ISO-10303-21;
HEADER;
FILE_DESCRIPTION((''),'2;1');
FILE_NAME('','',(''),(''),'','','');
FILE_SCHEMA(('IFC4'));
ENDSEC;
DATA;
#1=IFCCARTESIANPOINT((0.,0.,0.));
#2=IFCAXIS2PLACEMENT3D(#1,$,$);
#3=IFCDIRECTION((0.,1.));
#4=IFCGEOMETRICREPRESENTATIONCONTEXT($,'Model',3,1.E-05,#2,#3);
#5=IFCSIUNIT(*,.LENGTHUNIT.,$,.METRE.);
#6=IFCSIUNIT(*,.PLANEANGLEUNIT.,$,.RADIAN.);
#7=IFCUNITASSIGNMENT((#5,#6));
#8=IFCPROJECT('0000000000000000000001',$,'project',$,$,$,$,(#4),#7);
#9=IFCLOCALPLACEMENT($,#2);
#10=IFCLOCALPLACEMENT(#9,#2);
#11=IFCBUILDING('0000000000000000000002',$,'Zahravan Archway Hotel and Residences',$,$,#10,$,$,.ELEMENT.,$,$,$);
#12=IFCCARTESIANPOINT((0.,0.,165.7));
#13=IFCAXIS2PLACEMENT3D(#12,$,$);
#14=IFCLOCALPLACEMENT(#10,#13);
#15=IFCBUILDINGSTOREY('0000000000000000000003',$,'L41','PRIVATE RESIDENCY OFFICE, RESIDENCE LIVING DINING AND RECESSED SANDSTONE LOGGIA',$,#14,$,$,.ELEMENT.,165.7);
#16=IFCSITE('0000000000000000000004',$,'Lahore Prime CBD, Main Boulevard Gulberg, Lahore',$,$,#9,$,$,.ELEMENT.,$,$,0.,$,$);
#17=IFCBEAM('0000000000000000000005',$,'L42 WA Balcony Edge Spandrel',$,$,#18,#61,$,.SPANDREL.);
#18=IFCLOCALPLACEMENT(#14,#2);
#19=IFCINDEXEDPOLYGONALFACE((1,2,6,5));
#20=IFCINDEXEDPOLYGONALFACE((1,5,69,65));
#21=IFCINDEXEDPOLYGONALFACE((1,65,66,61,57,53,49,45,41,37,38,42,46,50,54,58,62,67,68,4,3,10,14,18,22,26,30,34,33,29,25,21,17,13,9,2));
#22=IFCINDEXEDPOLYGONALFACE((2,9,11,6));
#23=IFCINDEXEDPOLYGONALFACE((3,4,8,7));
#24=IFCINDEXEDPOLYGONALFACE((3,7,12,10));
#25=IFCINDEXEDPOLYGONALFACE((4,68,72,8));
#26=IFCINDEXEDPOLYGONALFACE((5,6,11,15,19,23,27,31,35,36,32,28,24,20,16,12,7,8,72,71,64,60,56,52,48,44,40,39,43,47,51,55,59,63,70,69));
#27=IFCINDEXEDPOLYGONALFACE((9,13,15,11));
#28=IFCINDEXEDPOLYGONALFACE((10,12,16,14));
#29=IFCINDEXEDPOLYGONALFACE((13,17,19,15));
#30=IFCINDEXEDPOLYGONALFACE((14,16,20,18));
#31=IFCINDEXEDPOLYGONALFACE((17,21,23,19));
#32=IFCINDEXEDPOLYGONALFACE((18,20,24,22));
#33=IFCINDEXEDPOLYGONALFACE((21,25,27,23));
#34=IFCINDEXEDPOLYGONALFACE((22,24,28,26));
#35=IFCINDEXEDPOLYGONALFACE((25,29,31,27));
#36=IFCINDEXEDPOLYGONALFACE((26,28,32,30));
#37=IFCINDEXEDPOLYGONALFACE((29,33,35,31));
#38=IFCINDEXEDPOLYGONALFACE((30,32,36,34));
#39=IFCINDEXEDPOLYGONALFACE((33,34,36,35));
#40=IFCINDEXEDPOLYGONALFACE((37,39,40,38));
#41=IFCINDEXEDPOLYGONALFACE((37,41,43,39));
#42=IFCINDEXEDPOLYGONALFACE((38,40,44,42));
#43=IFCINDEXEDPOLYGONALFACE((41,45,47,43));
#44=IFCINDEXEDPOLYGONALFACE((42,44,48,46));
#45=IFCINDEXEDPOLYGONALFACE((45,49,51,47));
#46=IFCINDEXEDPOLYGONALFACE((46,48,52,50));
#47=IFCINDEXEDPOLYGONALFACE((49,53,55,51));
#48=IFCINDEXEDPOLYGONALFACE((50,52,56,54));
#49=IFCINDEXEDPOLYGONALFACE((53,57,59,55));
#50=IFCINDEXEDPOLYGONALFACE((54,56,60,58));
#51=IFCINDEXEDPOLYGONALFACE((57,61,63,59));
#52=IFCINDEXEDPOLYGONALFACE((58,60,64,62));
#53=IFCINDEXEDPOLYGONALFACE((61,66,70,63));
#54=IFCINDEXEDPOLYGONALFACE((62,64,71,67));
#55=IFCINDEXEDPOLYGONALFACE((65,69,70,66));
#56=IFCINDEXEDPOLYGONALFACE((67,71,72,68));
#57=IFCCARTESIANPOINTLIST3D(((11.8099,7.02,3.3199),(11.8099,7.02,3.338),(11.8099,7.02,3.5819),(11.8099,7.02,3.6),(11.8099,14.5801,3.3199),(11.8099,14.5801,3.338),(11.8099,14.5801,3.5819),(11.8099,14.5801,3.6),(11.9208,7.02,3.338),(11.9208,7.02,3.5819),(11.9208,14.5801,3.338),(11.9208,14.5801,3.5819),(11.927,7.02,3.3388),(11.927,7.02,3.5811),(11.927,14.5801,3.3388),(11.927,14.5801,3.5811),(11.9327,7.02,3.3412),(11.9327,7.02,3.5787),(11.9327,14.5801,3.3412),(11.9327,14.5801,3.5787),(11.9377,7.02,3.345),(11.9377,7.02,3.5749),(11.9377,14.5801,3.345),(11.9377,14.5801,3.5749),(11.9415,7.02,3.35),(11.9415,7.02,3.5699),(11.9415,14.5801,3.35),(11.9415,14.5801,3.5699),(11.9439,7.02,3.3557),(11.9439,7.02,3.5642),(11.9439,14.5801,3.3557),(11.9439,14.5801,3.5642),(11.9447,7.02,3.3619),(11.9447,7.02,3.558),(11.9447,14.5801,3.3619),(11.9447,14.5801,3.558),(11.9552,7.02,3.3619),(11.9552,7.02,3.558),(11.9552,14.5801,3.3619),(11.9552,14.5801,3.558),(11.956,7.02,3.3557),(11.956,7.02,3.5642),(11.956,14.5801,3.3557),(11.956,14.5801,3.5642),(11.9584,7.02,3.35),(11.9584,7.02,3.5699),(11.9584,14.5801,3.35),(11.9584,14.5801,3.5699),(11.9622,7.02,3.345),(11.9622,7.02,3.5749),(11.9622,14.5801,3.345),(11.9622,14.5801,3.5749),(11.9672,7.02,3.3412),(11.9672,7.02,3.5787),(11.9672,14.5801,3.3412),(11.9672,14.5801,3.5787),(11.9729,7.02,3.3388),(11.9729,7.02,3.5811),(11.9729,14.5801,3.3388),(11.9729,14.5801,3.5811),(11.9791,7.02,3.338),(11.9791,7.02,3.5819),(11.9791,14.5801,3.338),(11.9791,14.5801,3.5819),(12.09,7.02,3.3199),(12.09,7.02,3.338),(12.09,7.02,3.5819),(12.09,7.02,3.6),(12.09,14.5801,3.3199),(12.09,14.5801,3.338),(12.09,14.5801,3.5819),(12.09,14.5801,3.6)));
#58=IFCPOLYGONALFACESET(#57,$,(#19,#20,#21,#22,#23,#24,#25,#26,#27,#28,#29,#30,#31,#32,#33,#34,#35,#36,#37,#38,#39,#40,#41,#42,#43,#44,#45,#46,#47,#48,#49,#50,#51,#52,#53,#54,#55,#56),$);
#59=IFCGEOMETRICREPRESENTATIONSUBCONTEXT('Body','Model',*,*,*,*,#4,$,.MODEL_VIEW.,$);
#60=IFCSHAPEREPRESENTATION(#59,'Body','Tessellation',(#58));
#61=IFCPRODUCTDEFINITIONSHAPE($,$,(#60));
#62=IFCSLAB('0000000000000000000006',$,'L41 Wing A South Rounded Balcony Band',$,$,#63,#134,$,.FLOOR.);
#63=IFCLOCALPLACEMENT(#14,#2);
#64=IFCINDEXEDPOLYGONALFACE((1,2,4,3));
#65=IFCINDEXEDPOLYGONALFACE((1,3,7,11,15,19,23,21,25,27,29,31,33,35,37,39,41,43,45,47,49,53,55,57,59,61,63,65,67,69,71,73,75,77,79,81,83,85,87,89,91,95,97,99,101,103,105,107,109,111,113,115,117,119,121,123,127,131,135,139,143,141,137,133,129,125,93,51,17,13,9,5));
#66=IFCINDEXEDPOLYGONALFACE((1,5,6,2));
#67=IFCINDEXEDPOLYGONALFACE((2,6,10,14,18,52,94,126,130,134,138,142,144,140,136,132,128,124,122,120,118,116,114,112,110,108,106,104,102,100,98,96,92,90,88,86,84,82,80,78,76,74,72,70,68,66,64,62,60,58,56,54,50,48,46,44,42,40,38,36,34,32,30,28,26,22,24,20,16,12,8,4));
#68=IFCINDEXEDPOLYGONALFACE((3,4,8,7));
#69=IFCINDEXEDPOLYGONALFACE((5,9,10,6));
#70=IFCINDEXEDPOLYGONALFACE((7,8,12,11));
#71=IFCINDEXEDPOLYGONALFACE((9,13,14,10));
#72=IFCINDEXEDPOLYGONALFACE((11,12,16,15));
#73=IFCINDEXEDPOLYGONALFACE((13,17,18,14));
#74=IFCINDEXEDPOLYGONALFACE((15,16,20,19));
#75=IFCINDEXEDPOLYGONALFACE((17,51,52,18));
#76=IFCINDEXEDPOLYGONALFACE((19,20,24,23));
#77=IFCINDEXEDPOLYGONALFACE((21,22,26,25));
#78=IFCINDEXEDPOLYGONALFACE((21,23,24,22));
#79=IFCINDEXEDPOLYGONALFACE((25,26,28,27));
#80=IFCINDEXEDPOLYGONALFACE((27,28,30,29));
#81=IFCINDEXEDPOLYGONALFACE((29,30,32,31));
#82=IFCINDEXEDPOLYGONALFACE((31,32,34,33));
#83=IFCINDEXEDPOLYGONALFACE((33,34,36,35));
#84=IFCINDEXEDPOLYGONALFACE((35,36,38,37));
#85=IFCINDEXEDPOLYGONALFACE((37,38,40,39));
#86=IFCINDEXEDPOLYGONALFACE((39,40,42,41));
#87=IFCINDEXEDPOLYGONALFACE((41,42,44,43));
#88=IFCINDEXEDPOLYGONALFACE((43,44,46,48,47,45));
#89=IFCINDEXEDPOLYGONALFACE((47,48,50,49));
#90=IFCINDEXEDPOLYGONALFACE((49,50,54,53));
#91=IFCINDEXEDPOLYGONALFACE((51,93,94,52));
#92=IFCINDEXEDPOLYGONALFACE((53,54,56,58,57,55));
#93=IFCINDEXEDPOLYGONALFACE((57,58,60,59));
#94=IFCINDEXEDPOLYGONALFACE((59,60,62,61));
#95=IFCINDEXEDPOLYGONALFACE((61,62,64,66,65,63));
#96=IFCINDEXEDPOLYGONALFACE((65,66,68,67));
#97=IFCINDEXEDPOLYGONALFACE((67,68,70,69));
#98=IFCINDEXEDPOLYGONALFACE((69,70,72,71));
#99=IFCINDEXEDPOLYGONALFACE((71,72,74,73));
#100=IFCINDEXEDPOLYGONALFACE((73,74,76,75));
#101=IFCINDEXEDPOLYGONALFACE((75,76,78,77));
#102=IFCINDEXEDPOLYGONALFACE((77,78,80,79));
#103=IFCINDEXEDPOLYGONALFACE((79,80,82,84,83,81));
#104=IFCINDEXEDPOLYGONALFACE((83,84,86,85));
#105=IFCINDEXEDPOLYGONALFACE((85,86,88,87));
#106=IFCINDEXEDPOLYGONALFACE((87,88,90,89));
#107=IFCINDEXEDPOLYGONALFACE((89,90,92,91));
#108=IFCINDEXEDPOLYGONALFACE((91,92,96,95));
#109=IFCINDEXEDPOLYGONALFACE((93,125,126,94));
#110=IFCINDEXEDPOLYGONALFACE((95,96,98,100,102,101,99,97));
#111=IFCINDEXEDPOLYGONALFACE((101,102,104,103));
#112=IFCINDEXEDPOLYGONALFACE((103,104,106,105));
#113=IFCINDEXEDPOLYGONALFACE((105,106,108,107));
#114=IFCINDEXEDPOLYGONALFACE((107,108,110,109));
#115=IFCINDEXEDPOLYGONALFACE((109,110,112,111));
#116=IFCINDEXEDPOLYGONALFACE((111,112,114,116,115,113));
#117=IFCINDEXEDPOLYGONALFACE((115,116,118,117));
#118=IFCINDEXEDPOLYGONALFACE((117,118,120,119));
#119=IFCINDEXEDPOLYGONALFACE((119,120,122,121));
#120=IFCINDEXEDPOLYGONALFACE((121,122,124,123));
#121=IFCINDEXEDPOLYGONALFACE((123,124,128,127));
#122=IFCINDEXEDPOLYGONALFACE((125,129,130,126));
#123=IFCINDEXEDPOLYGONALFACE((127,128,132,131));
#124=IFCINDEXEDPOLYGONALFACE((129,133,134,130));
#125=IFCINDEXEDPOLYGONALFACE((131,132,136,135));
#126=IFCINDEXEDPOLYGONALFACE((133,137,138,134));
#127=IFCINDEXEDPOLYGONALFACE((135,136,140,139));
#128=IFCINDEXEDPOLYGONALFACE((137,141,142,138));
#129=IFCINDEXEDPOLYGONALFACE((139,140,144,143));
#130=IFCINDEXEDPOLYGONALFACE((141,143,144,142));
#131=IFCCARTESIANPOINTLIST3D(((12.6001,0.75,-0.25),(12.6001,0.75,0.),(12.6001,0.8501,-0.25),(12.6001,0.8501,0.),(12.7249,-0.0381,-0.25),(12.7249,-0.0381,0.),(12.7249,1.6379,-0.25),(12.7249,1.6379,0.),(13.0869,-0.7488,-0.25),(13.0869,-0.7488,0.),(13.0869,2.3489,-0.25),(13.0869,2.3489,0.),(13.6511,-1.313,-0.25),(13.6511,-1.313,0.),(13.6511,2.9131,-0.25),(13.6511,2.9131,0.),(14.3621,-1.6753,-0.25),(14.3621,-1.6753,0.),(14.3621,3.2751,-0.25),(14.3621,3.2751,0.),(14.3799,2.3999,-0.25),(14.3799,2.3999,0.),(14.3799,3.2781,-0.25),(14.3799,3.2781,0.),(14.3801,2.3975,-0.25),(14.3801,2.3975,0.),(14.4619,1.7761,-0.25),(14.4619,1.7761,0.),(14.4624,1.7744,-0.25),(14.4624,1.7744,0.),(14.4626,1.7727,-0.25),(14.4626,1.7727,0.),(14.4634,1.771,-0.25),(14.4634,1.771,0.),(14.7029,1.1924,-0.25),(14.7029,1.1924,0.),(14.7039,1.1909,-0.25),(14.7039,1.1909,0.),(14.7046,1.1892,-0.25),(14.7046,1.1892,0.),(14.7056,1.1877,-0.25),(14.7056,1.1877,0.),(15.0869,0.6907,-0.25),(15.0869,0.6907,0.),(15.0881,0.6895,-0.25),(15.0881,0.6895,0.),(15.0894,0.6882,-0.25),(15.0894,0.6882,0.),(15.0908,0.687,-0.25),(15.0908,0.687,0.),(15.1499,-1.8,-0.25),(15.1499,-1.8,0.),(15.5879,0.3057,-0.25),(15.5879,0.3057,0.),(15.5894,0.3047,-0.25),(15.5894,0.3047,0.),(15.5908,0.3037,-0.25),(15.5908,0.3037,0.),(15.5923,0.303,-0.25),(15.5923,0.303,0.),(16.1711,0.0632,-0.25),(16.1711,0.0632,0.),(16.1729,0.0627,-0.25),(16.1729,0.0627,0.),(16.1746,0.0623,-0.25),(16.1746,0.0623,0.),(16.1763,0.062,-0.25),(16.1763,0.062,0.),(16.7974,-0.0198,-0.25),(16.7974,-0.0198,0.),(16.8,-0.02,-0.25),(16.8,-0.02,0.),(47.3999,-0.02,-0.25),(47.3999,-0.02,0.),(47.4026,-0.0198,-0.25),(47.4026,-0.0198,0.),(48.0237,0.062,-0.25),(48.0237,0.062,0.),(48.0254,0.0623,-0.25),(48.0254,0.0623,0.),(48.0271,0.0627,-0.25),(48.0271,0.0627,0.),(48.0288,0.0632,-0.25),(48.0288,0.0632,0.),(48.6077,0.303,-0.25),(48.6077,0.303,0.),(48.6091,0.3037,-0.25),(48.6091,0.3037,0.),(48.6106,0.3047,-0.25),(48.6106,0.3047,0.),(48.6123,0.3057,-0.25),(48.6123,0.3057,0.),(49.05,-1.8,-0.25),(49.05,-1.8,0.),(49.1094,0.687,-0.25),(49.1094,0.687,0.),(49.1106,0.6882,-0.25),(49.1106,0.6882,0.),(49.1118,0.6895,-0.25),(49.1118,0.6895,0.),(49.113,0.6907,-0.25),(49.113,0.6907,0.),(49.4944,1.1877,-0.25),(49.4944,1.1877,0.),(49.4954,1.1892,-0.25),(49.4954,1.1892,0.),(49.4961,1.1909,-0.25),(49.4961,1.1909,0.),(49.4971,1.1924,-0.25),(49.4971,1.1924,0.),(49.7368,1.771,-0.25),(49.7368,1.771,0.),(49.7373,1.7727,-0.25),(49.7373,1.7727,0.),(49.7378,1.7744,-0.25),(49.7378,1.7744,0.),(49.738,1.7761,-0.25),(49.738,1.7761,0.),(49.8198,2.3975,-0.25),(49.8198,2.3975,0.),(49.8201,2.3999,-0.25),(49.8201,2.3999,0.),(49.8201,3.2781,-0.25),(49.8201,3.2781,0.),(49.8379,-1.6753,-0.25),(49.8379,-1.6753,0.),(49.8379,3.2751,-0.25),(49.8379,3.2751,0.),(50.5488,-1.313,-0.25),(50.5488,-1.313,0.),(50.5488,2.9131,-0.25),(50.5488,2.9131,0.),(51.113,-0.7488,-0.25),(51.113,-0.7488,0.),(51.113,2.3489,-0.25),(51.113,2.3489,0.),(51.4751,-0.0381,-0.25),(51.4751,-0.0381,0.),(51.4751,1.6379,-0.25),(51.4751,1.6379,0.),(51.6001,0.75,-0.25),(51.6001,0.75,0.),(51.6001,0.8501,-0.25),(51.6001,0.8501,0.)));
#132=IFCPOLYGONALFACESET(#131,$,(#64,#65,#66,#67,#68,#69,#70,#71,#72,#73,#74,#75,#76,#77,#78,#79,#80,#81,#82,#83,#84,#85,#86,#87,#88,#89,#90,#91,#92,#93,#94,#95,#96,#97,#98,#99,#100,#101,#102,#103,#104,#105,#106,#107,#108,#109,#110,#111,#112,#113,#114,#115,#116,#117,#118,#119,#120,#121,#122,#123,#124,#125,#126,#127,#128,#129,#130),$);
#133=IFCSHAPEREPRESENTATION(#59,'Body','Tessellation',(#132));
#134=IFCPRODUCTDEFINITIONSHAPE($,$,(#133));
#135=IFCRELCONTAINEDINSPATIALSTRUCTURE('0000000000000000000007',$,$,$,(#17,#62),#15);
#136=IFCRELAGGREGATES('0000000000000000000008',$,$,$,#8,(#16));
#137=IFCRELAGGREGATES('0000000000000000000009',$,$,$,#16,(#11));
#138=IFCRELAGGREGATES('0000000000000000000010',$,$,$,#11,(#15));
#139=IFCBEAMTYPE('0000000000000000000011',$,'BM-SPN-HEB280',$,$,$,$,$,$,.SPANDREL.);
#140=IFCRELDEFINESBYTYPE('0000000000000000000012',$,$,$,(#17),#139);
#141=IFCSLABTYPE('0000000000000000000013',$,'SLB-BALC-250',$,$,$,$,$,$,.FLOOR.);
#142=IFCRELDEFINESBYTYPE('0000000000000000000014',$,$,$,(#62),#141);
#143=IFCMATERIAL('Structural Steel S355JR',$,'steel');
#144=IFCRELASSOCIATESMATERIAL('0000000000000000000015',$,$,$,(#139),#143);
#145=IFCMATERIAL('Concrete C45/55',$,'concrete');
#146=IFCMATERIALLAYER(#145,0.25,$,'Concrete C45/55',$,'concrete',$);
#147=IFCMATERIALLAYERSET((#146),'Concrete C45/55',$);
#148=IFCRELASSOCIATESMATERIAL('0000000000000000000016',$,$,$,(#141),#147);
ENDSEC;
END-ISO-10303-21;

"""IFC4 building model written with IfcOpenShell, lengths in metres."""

from ifc_helpers import new_model, si_unit, direction, frame, origin, origin_2d, place, context, subcontext, project, spatial, polyline, i_section, outline, extrude, source, transform, mapped, material, layer, layer_set, material_profile, profile_set, type_object, type_shapes, element, save


model = new_model("IFC4")

# Units and contexts
model_context = context("Model", 3, precision=1e-05, world=origin(), true_north=direction((0.0, 1.0)))
body_context = subcontext(model_context, "Body", "Model", "MODEL_VIEW")
ifc_project = project(units=[si_unit("LENGTHUNIT", "METRE"), si_unit("PLANEANGLEUNIT", "RADIAN")], contexts=[model_context])

# Site, building, storey
site_placement = place(None, origin())
site = spatial("IfcSite", under=ifc_project, at=site_placement, Name="Lahore Prime CBD, Main Boulevard Gulberg, Lahore", CompositionType="ELEMENT", RefElevation=0.0)
building_placement = place(site_placement, origin())
building = spatial("IfcBuilding", under=site, at=building_placement, Name="Zahravan Archway Hotel and Residences", CompositionType="ELEMENT")
storey_placement = place(building_placement, frame((0.0, 0.0, 165.7)))
storey = spatial("IfcBuildingStorey", under=building, at=storey_placement, Name="L41", Description="PRIVATE RESIDENCY OFFICE, RESIDENCE LIVING DINING AND RECESSED SANDSTONE LOGGIA", CompositionType="ELEMENT", Elevation=165.7)

# Beam
ifc_material_1 = material(Name="Structural Steel S355JR", Category="steel")
ifc_material_profile = material_profile(ifc_material_1, i_section(OverallWidth=0.28, OverallDepth=0.28, WebThickness=0.0105, FlangeThickness=0.0181, FilletRadius=0.0239, at=origin_2d()), Name="HEB 280", Category="steel")
ifc_profile_set = profile_set([ifc_material_profile], Name="Structural Steel S355JR")
beam_type = type_object("IfcBeamType", Name="BM-SPN-HEB280", PredefinedType="SPANDREL", material=ifc_profile_set)
shared_shape = source(origin(), body_context, "Body", "SweptSolid", [
    extrude(i_section(OverallWidth=0.28, OverallDepth=0.28, WebThickness=0.0105, FlangeThickness=0.0181, FilletRadius=0.0239, at=origin_2d()), origin(), (0.0, 0.0, 1.0), 7.5601),
])
type_shapes(beam_type, [shared_shape])
beam_placement = place(storey_placement, frame((11.95, 7.02, 3.46), z_axis=(0.0, 1.0, 0.0), x_axis=(-1.0, 0.0, 0.0)))
element("IfcBeam", 1, at=beam_placement, inside=storey, type_object=beam_type, Name="L42 WA Balcony Edge Spandrel", PredefinedType="SPANDREL", context=body_context, shape_type="MappedRepresentation", body=[
    mapped(shared_shape, transform((0.0, 0.0, 0.0), scale=1.0)),
])

# Slab
ifc_material_2 = material(Name="Concrete C45/55", Category="concrete")
ifc_layer_1 = layer(ifc_material_2, 0.25, Name="Concrete C45/55", Category="concrete")
ifc_layer_set_1 = layer_set([ifc_layer_1], Name="Concrete C45/55")
slab_type_1 = type_object("IfcSlabType", Name="SLB-BALC-250", PredefinedType="FLOOR", material=ifc_layer_set_1)
slab_1_placement = place(storey_placement, frame((0.0, 0.0, -0.25)))
element("IfcSlab", 2, at=slab_1_placement, inside=storey, type_object=slab_type_1, Name="L41 Wing A South Rounded Balcony Band", PredefinedType="FLOOR", context=body_context, shape_type="SweptSolid", body=[
    extrude(outline(polyline([(49.8379, 3.2751), (50.5488, 2.9131), (51.113, 2.3489), (51.4751, 1.6379), (51.6001, 0.8501), (51.6001, 0.75), (51.4751, -0.0381), (51.113, -0.7488), (50.5488, -1.313), (49.8379, -1.6753), (49.05, -1.8), (15.1499, -1.8), (14.3621, -1.6753), (13.6511, -1.313), (13.0869, -0.7488), (12.7249, -0.0381), (12.6001, 0.75), (12.6001, 0.8501), (12.7249, 1.6379), (13.0869, 2.3489), (13.6511, 2.9131), (14.3621, 3.2751), (14.3799, 3.2781), (14.3799, 2.3999), (14.3801, 2.3975), (14.4619, 1.7761), (14.4624, 1.7744), (14.4626, 1.7727), (14.4634, 1.771), (14.7029, 1.1924), (14.7039, 1.1909), (14.7046, 1.1892), (14.7056, 1.1877), (15.0869, 0.6907), (15.0881, 0.6895), (15.0894, 0.6882), (15.0908, 0.687), (15.5879, 0.3057), (15.5894, 0.3047), (15.5908, 0.3037), (15.5923, 0.303), (16.1711, 0.0632), (16.1729, 0.0627), (16.1746, 0.0623), (16.1763, 0.062), (16.7974, -0.0198), (16.8, -0.02), (47.3999, -0.02), (47.4026, -0.0198), (48.0237, 0.062), (48.0254, 0.0623), (48.0271, 0.0627), (48.0288, 0.0632), (48.6077, 0.303), (48.6091, 0.3037), (48.6106, 0.3047), (48.6123, 0.3057), (49.1094, 0.687), (49.1106, 0.6882), (49.1118, 0.6895), (49.113, 0.6907), (49.4944, 1.1877), (49.4954, 1.1892), (49.4961, 1.1909), (49.4971, 1.1924), (49.7368, 1.771), (49.7373, 1.7727), (49.7378, 1.7744), (49.738, 1.7761), (49.8198, 2.3975), (49.8201, 2.3999), (49.8201, 3.2781), (49.8379, 3.2751)])), origin(), (0.0, 0.0, 1.0), 0.25),
])

save(model, "model.ifc")
